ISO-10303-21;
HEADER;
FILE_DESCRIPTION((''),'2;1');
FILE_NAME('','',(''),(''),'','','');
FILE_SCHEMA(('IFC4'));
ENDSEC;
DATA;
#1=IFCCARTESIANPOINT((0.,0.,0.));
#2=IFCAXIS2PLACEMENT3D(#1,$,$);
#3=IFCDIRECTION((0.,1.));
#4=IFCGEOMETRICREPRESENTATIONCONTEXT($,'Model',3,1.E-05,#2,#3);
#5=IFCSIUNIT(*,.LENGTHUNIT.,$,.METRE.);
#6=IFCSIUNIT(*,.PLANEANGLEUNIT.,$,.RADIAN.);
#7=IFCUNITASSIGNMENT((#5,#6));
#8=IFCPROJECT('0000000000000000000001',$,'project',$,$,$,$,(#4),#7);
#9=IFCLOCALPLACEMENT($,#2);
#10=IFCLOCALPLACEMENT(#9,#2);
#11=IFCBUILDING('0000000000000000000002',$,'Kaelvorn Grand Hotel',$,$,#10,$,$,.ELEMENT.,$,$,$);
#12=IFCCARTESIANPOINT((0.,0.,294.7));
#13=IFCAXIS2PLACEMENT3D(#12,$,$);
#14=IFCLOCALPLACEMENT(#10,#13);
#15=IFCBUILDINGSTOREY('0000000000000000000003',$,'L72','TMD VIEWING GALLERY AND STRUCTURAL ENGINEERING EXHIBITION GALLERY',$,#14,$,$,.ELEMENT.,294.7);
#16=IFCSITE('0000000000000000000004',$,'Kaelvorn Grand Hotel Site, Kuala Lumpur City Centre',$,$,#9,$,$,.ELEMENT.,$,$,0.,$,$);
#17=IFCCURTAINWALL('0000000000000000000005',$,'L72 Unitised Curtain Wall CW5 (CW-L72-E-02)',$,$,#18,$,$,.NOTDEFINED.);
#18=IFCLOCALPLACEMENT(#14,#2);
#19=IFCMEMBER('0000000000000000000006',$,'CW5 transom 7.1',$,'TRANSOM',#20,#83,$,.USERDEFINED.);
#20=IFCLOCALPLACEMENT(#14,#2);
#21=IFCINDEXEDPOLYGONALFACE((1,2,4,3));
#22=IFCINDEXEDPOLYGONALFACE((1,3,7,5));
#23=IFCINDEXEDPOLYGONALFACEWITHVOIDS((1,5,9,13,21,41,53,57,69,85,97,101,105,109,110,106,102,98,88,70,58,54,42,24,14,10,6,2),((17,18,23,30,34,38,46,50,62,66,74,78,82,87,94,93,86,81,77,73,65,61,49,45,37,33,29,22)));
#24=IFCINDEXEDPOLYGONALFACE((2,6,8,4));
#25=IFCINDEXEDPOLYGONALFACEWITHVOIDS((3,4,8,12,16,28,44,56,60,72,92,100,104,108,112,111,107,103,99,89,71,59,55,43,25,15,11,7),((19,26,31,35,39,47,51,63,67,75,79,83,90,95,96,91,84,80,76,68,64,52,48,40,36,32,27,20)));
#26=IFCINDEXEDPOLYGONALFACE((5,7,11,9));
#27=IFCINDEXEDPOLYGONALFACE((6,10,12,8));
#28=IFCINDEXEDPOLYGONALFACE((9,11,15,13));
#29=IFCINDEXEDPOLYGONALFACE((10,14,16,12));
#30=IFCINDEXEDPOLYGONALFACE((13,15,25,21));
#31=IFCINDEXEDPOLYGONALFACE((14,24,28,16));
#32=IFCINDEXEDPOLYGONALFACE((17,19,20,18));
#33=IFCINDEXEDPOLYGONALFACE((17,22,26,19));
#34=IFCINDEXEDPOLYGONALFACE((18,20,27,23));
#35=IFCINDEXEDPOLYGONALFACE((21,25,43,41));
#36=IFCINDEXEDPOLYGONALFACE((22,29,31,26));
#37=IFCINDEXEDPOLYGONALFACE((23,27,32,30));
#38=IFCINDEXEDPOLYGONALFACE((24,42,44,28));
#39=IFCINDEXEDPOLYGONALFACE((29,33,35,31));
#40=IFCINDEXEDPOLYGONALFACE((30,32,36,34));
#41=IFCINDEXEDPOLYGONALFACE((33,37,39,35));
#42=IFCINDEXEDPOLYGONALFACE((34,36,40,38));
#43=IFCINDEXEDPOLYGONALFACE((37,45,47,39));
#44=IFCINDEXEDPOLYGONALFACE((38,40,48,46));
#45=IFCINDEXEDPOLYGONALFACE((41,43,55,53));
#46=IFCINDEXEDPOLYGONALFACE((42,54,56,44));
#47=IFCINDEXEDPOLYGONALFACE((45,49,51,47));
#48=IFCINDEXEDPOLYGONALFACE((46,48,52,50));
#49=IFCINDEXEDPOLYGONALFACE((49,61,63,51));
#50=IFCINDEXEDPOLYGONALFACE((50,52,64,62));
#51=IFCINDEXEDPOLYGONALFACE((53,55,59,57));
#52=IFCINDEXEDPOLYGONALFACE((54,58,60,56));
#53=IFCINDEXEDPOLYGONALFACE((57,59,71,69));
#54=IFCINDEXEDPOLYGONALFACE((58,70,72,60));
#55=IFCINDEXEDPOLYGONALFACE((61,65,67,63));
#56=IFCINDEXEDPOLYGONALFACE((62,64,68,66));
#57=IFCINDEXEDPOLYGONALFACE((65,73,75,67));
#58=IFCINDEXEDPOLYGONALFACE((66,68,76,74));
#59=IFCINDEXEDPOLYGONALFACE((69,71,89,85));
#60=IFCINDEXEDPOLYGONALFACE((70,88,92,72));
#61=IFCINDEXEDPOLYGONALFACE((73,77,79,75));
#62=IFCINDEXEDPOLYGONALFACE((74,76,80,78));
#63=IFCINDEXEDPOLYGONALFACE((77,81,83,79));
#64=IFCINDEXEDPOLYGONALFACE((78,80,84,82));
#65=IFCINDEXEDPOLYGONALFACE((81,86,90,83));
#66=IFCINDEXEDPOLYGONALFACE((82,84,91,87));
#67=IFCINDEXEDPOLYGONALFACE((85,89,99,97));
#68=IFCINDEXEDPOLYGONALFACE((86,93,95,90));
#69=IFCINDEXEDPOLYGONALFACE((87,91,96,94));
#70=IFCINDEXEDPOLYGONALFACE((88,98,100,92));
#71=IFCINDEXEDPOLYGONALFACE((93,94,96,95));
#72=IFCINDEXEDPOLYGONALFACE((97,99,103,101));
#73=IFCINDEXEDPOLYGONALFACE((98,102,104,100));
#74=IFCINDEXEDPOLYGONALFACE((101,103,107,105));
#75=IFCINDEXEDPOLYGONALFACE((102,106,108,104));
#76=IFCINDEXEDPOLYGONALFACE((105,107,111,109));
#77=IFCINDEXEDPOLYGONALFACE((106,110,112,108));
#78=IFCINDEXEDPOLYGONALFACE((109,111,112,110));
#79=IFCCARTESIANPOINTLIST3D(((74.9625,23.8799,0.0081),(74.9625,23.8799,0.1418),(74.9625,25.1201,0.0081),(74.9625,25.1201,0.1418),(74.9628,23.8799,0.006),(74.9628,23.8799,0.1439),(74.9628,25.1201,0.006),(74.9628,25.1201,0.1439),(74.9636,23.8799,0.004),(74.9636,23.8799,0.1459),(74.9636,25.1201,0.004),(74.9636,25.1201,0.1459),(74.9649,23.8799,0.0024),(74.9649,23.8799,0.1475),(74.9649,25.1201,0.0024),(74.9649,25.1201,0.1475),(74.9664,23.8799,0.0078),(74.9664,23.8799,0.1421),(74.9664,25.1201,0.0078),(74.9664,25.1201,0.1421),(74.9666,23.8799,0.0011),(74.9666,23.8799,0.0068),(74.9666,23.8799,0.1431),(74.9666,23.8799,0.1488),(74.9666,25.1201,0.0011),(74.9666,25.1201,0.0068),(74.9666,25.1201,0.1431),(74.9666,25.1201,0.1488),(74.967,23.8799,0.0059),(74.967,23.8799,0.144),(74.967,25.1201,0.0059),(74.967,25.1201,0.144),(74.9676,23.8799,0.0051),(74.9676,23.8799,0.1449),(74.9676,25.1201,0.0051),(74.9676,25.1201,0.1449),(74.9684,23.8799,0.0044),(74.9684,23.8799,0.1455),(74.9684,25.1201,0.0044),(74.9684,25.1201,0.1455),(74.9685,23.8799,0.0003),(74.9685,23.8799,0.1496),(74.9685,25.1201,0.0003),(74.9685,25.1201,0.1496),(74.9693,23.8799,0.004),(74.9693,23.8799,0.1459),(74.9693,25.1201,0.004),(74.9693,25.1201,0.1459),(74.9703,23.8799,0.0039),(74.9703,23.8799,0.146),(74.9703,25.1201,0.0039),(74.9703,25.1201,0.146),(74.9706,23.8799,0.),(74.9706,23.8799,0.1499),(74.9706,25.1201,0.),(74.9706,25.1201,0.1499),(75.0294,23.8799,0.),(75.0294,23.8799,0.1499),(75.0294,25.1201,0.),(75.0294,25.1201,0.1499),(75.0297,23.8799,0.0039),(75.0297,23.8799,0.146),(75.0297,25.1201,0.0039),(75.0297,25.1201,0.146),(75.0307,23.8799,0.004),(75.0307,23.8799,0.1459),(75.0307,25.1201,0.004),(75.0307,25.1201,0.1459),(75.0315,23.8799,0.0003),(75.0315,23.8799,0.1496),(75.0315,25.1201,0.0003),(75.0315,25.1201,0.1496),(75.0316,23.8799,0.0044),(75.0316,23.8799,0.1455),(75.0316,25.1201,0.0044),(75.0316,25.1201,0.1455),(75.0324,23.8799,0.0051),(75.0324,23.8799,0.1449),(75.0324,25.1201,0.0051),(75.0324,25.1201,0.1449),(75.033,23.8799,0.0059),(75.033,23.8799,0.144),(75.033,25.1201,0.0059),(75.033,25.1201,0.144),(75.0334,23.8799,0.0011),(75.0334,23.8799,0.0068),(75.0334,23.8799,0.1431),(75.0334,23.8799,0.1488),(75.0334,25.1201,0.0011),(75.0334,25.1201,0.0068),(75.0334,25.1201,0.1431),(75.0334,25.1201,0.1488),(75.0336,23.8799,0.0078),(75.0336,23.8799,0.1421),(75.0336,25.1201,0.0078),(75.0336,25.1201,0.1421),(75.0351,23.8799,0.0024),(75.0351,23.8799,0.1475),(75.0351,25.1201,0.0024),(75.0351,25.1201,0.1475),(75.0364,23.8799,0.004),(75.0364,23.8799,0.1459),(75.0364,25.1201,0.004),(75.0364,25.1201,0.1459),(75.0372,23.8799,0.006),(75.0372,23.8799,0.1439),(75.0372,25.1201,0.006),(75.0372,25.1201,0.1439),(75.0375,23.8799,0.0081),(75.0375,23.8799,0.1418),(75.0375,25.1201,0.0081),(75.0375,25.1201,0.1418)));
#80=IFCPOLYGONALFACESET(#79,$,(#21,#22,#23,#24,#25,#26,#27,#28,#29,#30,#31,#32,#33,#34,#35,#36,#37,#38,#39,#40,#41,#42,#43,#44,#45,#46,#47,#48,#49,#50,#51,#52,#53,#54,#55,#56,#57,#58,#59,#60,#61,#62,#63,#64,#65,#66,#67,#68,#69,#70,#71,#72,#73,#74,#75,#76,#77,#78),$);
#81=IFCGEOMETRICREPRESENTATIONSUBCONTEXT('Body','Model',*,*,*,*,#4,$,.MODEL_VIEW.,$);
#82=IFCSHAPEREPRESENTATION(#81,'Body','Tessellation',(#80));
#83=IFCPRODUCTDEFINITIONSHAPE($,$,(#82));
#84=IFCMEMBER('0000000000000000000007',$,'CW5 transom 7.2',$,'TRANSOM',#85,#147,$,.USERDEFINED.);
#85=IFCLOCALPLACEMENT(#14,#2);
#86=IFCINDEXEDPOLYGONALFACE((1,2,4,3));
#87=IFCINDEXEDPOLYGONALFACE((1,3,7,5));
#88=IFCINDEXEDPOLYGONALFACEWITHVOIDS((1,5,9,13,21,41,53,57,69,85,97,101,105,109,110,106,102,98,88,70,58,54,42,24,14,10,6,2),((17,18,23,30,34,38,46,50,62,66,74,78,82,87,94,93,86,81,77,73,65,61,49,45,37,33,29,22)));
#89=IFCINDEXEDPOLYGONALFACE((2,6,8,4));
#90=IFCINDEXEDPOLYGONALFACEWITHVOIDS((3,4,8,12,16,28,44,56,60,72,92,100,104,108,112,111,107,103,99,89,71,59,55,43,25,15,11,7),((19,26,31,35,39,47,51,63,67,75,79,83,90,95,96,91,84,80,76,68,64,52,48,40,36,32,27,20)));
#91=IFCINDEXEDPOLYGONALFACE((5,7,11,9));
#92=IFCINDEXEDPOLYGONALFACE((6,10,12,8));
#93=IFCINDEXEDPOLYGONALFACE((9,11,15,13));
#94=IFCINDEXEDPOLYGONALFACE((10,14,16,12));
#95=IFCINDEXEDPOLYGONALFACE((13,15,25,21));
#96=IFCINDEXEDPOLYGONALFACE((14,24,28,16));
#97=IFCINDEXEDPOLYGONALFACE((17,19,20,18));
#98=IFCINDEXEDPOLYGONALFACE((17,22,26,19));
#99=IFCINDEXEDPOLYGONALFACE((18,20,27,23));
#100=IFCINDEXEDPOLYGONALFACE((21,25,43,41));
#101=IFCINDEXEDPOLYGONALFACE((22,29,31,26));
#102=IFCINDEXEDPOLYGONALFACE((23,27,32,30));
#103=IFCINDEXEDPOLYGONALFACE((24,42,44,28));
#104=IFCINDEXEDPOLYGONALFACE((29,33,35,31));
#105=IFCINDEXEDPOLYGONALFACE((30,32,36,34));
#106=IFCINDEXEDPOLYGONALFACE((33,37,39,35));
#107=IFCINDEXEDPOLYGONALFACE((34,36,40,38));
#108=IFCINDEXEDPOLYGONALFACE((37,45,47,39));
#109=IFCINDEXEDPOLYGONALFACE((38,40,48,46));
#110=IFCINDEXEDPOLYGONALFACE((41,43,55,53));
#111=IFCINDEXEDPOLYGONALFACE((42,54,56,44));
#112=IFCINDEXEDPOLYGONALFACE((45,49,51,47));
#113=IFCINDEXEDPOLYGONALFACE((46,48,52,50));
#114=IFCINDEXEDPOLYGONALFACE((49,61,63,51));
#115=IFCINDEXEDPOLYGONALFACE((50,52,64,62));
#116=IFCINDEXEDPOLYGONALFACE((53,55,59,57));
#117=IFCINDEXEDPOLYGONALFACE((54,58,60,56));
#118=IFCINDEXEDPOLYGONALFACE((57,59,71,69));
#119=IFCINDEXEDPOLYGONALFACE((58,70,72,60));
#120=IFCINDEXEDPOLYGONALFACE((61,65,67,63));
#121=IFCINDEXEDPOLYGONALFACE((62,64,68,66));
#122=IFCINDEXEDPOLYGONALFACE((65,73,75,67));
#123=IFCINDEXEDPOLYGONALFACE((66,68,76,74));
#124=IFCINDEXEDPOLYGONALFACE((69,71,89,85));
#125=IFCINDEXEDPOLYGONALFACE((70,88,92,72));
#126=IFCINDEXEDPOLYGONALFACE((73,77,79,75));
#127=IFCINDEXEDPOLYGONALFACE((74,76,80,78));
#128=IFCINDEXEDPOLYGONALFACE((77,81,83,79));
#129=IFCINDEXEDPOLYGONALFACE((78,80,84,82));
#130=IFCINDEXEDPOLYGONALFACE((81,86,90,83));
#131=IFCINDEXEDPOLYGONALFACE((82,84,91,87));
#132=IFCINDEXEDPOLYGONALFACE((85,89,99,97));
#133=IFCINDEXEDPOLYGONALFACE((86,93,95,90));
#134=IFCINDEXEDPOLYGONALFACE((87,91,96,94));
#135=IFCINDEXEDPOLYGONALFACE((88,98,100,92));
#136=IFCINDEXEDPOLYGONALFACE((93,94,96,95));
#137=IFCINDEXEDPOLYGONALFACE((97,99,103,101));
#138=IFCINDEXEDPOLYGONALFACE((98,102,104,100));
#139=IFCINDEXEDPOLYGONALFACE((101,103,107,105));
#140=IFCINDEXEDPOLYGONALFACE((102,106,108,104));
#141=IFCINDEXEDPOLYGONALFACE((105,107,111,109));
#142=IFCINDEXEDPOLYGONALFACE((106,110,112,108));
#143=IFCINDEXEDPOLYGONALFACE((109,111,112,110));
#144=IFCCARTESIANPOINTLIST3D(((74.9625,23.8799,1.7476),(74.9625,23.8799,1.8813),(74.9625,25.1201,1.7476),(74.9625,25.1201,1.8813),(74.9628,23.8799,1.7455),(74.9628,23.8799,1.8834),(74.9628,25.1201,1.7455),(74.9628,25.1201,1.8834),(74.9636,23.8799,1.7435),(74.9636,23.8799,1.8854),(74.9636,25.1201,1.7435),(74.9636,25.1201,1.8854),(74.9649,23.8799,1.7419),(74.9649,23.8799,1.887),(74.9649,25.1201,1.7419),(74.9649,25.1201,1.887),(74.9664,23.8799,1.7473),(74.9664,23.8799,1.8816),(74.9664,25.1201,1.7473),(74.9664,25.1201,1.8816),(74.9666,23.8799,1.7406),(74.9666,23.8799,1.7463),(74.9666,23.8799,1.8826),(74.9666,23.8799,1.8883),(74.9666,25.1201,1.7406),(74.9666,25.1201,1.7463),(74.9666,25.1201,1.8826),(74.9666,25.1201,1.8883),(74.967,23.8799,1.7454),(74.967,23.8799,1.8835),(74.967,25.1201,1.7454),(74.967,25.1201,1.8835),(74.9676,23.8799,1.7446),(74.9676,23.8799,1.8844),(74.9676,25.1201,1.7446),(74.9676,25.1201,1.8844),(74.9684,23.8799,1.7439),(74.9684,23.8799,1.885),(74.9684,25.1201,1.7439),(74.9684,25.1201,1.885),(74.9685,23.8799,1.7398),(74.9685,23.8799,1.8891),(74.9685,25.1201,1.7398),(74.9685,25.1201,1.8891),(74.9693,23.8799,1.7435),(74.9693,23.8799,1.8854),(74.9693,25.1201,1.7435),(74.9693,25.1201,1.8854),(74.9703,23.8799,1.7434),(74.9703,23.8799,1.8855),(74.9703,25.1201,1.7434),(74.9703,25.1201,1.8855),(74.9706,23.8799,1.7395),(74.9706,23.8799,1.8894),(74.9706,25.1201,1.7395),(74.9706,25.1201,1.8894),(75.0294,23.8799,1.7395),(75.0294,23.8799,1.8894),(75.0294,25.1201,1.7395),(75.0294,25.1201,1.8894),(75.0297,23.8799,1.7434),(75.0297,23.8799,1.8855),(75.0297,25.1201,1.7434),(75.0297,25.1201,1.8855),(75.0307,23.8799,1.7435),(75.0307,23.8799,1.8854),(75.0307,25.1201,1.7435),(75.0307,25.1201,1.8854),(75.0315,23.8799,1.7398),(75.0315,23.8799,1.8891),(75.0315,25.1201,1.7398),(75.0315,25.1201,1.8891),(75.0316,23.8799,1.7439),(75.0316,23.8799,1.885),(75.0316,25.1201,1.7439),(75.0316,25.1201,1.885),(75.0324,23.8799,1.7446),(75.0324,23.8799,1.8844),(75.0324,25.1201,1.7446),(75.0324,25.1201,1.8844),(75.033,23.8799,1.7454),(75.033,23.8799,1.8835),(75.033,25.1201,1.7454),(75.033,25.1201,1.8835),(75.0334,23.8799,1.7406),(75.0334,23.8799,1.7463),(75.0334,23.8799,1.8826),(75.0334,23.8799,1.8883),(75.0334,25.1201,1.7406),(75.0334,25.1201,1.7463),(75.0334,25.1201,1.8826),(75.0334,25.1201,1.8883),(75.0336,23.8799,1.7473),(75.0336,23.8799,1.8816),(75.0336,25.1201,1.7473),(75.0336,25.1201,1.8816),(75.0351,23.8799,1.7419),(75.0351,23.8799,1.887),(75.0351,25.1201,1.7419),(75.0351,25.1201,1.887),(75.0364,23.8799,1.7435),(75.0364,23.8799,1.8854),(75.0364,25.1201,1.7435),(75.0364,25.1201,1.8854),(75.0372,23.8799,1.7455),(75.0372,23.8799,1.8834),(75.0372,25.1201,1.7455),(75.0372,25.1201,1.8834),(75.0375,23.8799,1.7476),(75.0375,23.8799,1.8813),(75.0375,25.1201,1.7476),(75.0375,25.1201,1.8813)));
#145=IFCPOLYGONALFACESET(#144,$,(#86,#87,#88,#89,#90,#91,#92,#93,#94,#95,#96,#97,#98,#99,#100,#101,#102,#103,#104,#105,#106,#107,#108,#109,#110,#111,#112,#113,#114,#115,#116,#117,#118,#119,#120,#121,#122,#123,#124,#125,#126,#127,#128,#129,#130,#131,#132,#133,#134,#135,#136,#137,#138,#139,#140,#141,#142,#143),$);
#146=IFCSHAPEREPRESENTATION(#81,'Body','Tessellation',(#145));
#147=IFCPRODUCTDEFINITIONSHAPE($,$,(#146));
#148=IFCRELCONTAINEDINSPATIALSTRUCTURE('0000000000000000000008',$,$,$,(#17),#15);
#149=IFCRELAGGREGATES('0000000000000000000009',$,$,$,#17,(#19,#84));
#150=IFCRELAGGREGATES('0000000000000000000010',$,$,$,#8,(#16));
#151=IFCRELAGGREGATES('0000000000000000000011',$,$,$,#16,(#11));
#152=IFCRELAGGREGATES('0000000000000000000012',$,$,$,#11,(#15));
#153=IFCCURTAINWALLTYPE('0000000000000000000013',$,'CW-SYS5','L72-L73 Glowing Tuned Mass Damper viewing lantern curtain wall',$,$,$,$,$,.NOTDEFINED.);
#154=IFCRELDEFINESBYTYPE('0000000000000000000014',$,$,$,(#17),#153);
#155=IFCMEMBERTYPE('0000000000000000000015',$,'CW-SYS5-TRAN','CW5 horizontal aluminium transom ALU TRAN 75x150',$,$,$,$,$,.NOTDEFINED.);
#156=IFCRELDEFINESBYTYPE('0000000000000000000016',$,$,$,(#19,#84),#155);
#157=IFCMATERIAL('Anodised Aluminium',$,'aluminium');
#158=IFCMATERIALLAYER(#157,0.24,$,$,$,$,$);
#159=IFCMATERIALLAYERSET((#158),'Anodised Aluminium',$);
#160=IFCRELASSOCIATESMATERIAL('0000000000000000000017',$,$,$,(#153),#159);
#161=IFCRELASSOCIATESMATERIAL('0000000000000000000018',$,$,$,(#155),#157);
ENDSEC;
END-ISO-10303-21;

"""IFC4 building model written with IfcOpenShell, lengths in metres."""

from ifc_helpers import new_model, si_unit, direction, frame, origin, origin_2d, place, context, subcontext, project, spatial, hollow_rectangle, extrude, material, layer, layer_set, material_profile, profile_set, type_object, element, aggregate, save


model = new_model("IFC4")

# Units and contexts
model_context = context("Model", 3, precision=1e-05, world=origin(), true_north=direction((0.0, 1.0)))
body_context = subcontext(model_context, "Body", "Model", "MODEL_VIEW")
ifc_project = project(units=[si_unit("LENGTHUNIT", "METRE"), si_unit("PLANEANGLEUNIT", "RADIAN")], contexts=[model_context])

# Site, building, storey
site_placement = place(None, origin())
site = spatial("IfcSite", under=ifc_project, at=site_placement, Name="Kaelvorn Grand Hotel Site, Kuala Lumpur City Centre", CompositionType="ELEMENT", RefElevation=0.0)
building_placement = place(site_placement, origin())
building = spatial("IfcBuilding", under=site, at=building_placement, Name="Kaelvorn Grand Hotel", CompositionType="ELEMENT")
storey_placement = place(building_placement, frame((0.0, 0.0, 294.7)))
storey = spatial("IfcBuildingStorey", under=building, at=storey_placement, Name="L72", Description="TMD VIEWING GALLERY AND STRUCTURAL ENGINEERING EXHIBITION GALLERY", CompositionType="ELEMENT", Elevation=294.7)

# Curtain wall, members
ifc_material_1 = material(Name="Anodised Aluminium", Category="aluminium")
ifc_layer_1 = layer(ifc_material_1, 0.24)
ifc_layer_set_1 = layer_set([ifc_layer_1], Name="Anodised Aluminium")
curtain_wall_type = type_object("IfcCurtainWallType", Name="CW-SYS5", Description="L72-L73 Glowing Tuned Mass Damper viewing lantern curtain wall", PredefinedType="NOTDEFINED", material=ifc_layer_set_1)
curtain_wall_placement = place(storey_placement, origin())
curtain_wall = element("IfcCurtainWall", 1, at=curtain_wall_placement, inside=storey, type_object=curtain_wall_type, Name="L72 Unitised Curtain Wall CW5 (CW-L72-E-02)", PredefinedType="NOTDEFINED")
ifc_material_profile_1 = material_profile(ifc_material_1, hollow_rectangle(XDim=0.075, YDim=0.1499, WallThickness=0.0039, InnerFilletRadius=0.0039, OuterFilletRadius=0.0081, at=origin_2d()), Name="ALU TRAN 75x150")
ifc_profile_set_1 = profile_set([ifc_material_profile_1], Name="Anodised Aluminium")
member_type_1 = type_object("IfcMemberType", Name="CW-SYS5-TRAN", Description="CW5 horizontal aluminium transom ALU TRAN 75x150", PredefinedType="NOTDEFINED", material=ifc_profile_set_1)
member_1_placement = place(storey_placement, frame((75.0, 23.8799, 0.075), z_axis=(0.0, 1.0, 0.0), x_axis=(-1.0, 0.0, 0.0)))
member_1 = element("IfcMember", 2, at=member_1_placement, type_object=member_type_1, Name="CW5 transom 7.1", ObjectType="TRANSOM", PredefinedType="USERDEFINED", context=body_context, shape_type="SweptSolid", body=[
    extrude(hollow_rectangle(XDim=0.075, YDim=0.1499, WallThickness=0.0039, InnerFilletRadius=0.0039, OuterFilletRadius=0.0081, at=origin_2d()), origin(), (0.0, 0.0, 1.0), 1.2402),
])
member_2_placement = place(storey_placement, frame((75.0, 23.8799, 1.8145), z_axis=(0.0, 1.0, 0.0), x_axis=(-1.0, 0.0, 0.0)))
member_2 = element("IfcMember", 3, at=member_2_placement, type_object=member_type_1, Name="CW5 transom 7.2", ObjectType="TRANSOM", PredefinedType="USERDEFINED", context=body_context, shape_type="SweptSolid", body=[
    extrude(hollow_rectangle(XDim=0.075, YDim=0.1499, WallThickness=0.0039, InnerFilletRadius=0.0039, OuterFilletRadius=0.0081, at=origin_2d()), origin(), (0.0, 0.0, 1.0), 1.2402),
])
aggregate(curtain_wall, [member_1, member_2])

save(model, "model.ifc")
